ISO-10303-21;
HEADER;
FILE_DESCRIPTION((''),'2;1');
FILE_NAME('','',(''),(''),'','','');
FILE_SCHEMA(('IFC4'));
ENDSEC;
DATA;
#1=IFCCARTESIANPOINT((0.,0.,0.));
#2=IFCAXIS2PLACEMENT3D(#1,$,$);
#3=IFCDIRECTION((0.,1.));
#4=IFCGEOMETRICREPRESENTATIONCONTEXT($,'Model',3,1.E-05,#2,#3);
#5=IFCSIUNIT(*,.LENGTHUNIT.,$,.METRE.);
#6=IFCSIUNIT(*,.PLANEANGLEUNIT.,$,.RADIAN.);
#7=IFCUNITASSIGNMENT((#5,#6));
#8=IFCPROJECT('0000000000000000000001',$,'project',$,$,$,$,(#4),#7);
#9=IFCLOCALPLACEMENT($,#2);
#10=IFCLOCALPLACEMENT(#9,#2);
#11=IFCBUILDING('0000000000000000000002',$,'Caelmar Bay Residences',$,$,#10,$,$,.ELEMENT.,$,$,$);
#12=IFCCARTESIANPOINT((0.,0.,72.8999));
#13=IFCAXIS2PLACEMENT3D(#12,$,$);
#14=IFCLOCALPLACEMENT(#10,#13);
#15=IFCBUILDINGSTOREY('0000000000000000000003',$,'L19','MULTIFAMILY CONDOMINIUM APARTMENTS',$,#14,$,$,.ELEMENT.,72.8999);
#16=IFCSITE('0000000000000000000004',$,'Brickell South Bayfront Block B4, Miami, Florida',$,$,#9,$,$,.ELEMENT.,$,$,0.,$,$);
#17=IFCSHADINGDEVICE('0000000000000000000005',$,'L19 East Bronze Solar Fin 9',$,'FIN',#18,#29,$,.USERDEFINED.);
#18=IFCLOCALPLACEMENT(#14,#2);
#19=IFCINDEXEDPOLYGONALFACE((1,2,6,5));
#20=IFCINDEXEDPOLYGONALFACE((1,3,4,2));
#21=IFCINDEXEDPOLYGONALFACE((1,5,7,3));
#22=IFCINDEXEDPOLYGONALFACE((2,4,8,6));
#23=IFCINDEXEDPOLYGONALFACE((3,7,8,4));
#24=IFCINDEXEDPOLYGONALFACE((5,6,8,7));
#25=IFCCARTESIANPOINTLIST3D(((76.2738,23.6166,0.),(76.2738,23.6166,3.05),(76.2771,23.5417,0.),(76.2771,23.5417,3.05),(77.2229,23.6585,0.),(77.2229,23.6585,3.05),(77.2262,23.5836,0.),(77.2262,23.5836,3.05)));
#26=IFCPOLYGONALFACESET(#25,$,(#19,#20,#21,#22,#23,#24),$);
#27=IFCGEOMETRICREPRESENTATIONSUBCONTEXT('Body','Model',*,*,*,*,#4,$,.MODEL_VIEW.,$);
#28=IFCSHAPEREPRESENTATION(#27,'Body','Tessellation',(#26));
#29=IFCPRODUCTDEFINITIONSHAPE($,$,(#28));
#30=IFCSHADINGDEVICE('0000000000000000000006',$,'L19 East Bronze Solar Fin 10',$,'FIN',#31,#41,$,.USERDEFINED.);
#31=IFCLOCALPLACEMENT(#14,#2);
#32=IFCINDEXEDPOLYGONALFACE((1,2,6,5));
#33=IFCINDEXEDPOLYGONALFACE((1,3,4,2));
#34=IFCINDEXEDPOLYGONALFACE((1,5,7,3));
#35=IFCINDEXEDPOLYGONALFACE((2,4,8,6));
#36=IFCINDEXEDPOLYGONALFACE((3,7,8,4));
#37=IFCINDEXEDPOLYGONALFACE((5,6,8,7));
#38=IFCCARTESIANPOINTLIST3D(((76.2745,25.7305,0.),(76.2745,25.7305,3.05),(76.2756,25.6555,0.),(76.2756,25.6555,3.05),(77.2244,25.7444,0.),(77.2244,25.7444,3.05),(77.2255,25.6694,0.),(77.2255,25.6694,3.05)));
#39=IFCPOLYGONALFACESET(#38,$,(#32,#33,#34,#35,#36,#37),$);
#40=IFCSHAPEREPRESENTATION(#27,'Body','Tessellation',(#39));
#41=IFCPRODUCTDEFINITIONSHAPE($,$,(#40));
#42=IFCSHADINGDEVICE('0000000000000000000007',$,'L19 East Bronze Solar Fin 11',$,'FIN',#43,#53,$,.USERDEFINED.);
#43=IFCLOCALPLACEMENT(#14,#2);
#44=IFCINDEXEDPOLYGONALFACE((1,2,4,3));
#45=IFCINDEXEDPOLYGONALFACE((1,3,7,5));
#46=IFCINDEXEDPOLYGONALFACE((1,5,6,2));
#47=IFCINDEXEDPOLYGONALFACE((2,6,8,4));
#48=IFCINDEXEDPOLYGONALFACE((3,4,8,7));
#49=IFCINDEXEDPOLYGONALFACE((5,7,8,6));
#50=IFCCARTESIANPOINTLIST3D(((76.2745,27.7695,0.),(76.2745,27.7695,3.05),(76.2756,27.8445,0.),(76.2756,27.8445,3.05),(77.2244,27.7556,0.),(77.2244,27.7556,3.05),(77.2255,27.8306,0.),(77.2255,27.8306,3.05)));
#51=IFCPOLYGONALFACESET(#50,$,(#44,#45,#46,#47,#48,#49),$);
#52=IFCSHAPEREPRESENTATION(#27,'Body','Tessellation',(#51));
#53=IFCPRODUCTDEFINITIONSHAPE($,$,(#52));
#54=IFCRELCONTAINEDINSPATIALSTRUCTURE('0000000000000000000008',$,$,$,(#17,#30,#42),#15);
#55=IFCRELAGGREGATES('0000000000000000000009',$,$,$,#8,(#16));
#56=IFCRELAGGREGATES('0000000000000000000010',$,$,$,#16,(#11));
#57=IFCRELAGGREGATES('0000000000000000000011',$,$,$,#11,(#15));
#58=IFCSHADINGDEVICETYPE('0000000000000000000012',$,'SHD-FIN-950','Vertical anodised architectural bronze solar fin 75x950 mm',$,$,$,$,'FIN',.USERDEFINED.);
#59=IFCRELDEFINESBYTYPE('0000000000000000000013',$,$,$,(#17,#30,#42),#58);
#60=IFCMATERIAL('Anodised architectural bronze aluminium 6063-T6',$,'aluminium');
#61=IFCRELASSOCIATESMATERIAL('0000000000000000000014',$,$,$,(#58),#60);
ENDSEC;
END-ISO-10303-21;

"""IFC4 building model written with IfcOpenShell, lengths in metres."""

from ifc_helpers import new_model, si_unit, direction, frame, origin, origin_2d, place, context, subcontext, project, spatial, rectangle, extrude, material, material_profile, profile_set, type_object, element, save


model = new_model("IFC4")

# Units and contexts
model_context = context("Model", 3, precision=1e-05, world=origin(), true_north=direction((0.0, 1.0)))
body_context = subcontext(model_context, "Body", "Model", "MODEL_VIEW")
ifc_project = project(units=[si_unit("LENGTHUNIT", "METRE"), si_unit("PLANEANGLEUNIT", "RADIAN")], contexts=[model_context])

# Site, building, storey
site_placement = place(None, origin())
site = spatial("IfcSite", under=ifc_project, at=site_placement, Name="Brickell South Bayfront Block B4, Miami, Florida", CompositionType="ELEMENT", RefElevation=0.0)
building_placement = place(site_placement, origin())
building = spatial("IfcBuilding", under=site, at=building_placement, Name="Caelmar Bay Residences", CompositionType="ELEMENT")
storey_placement = place(building_placement, frame((0.0, 0.0, 72.8999)))
storey = spatial("IfcBuildingStorey", under=building, at=storey_placement, Name="L19", Description="MULTIFAMILY CONDOMINIUM APARTMENTS", CompositionType="ELEMENT", Elevation=72.8999)

# Shading devices
ifc_material_1 = material(Name="Anodised architectural bronze aluminium 6063-T6", Category="aluminium")
ifc_material_profile_1 = material_profile(ifc_material_1, rectangle(XDim=0.075, YDim=0.95, at=origin_2d()), Name="BRONZE-FIN-75X950")
ifc_profile_set_1 = profile_set([ifc_material_profile_1], Name="Anodised architectural bronze aluminium 6063-T6")
shading_device_type = type_object("IfcShadingDeviceType", Name="SHD-FIN-950", Description="Vertical anodised architectural bronze solar fin 75x950 mm", ElementType="FIN", PredefinedType="USERDEFINED", material=ifc_profile_set_1)
for number, where, z_axis, x_axis, name in (
    (1, (76.75, 23.6001, 0.0), (0.0, 0.0, 1.0), (-0.044142, 0.999025, 0.0), "L19 East Bronze Solar Fin 9"),
    (2, (76.75, 25.7, 0.0), (0.0, 0.0, 1.0), (-0.01466, 0.999893, 0.0), "L19 East Bronze Solar Fin 10"),
    (3, (76.75, 27.8, 0.0), (0.0, 0.0, 1.0), (0.01466, 0.999893, 0.0), "L19 East Bronze Solar Fin 11"),
):
    element("IfcShadingDevice", number, at=place(storey_placement, frame(where, z_axis=z_axis, x_axis=x_axis)), inside=storey, type_object=shading_device_type, Name=name, ObjectType="FIN", PredefinedType="USERDEFINED", context=body_context, shape_type="SweptSolid", body=[
        extrude(rectangle(XDim=0.075, YDim=0.95, at=origin_2d()), origin(), (0.0, 0.0, 1.0), 3.05),
    ])

save(model, "model.ifc")
